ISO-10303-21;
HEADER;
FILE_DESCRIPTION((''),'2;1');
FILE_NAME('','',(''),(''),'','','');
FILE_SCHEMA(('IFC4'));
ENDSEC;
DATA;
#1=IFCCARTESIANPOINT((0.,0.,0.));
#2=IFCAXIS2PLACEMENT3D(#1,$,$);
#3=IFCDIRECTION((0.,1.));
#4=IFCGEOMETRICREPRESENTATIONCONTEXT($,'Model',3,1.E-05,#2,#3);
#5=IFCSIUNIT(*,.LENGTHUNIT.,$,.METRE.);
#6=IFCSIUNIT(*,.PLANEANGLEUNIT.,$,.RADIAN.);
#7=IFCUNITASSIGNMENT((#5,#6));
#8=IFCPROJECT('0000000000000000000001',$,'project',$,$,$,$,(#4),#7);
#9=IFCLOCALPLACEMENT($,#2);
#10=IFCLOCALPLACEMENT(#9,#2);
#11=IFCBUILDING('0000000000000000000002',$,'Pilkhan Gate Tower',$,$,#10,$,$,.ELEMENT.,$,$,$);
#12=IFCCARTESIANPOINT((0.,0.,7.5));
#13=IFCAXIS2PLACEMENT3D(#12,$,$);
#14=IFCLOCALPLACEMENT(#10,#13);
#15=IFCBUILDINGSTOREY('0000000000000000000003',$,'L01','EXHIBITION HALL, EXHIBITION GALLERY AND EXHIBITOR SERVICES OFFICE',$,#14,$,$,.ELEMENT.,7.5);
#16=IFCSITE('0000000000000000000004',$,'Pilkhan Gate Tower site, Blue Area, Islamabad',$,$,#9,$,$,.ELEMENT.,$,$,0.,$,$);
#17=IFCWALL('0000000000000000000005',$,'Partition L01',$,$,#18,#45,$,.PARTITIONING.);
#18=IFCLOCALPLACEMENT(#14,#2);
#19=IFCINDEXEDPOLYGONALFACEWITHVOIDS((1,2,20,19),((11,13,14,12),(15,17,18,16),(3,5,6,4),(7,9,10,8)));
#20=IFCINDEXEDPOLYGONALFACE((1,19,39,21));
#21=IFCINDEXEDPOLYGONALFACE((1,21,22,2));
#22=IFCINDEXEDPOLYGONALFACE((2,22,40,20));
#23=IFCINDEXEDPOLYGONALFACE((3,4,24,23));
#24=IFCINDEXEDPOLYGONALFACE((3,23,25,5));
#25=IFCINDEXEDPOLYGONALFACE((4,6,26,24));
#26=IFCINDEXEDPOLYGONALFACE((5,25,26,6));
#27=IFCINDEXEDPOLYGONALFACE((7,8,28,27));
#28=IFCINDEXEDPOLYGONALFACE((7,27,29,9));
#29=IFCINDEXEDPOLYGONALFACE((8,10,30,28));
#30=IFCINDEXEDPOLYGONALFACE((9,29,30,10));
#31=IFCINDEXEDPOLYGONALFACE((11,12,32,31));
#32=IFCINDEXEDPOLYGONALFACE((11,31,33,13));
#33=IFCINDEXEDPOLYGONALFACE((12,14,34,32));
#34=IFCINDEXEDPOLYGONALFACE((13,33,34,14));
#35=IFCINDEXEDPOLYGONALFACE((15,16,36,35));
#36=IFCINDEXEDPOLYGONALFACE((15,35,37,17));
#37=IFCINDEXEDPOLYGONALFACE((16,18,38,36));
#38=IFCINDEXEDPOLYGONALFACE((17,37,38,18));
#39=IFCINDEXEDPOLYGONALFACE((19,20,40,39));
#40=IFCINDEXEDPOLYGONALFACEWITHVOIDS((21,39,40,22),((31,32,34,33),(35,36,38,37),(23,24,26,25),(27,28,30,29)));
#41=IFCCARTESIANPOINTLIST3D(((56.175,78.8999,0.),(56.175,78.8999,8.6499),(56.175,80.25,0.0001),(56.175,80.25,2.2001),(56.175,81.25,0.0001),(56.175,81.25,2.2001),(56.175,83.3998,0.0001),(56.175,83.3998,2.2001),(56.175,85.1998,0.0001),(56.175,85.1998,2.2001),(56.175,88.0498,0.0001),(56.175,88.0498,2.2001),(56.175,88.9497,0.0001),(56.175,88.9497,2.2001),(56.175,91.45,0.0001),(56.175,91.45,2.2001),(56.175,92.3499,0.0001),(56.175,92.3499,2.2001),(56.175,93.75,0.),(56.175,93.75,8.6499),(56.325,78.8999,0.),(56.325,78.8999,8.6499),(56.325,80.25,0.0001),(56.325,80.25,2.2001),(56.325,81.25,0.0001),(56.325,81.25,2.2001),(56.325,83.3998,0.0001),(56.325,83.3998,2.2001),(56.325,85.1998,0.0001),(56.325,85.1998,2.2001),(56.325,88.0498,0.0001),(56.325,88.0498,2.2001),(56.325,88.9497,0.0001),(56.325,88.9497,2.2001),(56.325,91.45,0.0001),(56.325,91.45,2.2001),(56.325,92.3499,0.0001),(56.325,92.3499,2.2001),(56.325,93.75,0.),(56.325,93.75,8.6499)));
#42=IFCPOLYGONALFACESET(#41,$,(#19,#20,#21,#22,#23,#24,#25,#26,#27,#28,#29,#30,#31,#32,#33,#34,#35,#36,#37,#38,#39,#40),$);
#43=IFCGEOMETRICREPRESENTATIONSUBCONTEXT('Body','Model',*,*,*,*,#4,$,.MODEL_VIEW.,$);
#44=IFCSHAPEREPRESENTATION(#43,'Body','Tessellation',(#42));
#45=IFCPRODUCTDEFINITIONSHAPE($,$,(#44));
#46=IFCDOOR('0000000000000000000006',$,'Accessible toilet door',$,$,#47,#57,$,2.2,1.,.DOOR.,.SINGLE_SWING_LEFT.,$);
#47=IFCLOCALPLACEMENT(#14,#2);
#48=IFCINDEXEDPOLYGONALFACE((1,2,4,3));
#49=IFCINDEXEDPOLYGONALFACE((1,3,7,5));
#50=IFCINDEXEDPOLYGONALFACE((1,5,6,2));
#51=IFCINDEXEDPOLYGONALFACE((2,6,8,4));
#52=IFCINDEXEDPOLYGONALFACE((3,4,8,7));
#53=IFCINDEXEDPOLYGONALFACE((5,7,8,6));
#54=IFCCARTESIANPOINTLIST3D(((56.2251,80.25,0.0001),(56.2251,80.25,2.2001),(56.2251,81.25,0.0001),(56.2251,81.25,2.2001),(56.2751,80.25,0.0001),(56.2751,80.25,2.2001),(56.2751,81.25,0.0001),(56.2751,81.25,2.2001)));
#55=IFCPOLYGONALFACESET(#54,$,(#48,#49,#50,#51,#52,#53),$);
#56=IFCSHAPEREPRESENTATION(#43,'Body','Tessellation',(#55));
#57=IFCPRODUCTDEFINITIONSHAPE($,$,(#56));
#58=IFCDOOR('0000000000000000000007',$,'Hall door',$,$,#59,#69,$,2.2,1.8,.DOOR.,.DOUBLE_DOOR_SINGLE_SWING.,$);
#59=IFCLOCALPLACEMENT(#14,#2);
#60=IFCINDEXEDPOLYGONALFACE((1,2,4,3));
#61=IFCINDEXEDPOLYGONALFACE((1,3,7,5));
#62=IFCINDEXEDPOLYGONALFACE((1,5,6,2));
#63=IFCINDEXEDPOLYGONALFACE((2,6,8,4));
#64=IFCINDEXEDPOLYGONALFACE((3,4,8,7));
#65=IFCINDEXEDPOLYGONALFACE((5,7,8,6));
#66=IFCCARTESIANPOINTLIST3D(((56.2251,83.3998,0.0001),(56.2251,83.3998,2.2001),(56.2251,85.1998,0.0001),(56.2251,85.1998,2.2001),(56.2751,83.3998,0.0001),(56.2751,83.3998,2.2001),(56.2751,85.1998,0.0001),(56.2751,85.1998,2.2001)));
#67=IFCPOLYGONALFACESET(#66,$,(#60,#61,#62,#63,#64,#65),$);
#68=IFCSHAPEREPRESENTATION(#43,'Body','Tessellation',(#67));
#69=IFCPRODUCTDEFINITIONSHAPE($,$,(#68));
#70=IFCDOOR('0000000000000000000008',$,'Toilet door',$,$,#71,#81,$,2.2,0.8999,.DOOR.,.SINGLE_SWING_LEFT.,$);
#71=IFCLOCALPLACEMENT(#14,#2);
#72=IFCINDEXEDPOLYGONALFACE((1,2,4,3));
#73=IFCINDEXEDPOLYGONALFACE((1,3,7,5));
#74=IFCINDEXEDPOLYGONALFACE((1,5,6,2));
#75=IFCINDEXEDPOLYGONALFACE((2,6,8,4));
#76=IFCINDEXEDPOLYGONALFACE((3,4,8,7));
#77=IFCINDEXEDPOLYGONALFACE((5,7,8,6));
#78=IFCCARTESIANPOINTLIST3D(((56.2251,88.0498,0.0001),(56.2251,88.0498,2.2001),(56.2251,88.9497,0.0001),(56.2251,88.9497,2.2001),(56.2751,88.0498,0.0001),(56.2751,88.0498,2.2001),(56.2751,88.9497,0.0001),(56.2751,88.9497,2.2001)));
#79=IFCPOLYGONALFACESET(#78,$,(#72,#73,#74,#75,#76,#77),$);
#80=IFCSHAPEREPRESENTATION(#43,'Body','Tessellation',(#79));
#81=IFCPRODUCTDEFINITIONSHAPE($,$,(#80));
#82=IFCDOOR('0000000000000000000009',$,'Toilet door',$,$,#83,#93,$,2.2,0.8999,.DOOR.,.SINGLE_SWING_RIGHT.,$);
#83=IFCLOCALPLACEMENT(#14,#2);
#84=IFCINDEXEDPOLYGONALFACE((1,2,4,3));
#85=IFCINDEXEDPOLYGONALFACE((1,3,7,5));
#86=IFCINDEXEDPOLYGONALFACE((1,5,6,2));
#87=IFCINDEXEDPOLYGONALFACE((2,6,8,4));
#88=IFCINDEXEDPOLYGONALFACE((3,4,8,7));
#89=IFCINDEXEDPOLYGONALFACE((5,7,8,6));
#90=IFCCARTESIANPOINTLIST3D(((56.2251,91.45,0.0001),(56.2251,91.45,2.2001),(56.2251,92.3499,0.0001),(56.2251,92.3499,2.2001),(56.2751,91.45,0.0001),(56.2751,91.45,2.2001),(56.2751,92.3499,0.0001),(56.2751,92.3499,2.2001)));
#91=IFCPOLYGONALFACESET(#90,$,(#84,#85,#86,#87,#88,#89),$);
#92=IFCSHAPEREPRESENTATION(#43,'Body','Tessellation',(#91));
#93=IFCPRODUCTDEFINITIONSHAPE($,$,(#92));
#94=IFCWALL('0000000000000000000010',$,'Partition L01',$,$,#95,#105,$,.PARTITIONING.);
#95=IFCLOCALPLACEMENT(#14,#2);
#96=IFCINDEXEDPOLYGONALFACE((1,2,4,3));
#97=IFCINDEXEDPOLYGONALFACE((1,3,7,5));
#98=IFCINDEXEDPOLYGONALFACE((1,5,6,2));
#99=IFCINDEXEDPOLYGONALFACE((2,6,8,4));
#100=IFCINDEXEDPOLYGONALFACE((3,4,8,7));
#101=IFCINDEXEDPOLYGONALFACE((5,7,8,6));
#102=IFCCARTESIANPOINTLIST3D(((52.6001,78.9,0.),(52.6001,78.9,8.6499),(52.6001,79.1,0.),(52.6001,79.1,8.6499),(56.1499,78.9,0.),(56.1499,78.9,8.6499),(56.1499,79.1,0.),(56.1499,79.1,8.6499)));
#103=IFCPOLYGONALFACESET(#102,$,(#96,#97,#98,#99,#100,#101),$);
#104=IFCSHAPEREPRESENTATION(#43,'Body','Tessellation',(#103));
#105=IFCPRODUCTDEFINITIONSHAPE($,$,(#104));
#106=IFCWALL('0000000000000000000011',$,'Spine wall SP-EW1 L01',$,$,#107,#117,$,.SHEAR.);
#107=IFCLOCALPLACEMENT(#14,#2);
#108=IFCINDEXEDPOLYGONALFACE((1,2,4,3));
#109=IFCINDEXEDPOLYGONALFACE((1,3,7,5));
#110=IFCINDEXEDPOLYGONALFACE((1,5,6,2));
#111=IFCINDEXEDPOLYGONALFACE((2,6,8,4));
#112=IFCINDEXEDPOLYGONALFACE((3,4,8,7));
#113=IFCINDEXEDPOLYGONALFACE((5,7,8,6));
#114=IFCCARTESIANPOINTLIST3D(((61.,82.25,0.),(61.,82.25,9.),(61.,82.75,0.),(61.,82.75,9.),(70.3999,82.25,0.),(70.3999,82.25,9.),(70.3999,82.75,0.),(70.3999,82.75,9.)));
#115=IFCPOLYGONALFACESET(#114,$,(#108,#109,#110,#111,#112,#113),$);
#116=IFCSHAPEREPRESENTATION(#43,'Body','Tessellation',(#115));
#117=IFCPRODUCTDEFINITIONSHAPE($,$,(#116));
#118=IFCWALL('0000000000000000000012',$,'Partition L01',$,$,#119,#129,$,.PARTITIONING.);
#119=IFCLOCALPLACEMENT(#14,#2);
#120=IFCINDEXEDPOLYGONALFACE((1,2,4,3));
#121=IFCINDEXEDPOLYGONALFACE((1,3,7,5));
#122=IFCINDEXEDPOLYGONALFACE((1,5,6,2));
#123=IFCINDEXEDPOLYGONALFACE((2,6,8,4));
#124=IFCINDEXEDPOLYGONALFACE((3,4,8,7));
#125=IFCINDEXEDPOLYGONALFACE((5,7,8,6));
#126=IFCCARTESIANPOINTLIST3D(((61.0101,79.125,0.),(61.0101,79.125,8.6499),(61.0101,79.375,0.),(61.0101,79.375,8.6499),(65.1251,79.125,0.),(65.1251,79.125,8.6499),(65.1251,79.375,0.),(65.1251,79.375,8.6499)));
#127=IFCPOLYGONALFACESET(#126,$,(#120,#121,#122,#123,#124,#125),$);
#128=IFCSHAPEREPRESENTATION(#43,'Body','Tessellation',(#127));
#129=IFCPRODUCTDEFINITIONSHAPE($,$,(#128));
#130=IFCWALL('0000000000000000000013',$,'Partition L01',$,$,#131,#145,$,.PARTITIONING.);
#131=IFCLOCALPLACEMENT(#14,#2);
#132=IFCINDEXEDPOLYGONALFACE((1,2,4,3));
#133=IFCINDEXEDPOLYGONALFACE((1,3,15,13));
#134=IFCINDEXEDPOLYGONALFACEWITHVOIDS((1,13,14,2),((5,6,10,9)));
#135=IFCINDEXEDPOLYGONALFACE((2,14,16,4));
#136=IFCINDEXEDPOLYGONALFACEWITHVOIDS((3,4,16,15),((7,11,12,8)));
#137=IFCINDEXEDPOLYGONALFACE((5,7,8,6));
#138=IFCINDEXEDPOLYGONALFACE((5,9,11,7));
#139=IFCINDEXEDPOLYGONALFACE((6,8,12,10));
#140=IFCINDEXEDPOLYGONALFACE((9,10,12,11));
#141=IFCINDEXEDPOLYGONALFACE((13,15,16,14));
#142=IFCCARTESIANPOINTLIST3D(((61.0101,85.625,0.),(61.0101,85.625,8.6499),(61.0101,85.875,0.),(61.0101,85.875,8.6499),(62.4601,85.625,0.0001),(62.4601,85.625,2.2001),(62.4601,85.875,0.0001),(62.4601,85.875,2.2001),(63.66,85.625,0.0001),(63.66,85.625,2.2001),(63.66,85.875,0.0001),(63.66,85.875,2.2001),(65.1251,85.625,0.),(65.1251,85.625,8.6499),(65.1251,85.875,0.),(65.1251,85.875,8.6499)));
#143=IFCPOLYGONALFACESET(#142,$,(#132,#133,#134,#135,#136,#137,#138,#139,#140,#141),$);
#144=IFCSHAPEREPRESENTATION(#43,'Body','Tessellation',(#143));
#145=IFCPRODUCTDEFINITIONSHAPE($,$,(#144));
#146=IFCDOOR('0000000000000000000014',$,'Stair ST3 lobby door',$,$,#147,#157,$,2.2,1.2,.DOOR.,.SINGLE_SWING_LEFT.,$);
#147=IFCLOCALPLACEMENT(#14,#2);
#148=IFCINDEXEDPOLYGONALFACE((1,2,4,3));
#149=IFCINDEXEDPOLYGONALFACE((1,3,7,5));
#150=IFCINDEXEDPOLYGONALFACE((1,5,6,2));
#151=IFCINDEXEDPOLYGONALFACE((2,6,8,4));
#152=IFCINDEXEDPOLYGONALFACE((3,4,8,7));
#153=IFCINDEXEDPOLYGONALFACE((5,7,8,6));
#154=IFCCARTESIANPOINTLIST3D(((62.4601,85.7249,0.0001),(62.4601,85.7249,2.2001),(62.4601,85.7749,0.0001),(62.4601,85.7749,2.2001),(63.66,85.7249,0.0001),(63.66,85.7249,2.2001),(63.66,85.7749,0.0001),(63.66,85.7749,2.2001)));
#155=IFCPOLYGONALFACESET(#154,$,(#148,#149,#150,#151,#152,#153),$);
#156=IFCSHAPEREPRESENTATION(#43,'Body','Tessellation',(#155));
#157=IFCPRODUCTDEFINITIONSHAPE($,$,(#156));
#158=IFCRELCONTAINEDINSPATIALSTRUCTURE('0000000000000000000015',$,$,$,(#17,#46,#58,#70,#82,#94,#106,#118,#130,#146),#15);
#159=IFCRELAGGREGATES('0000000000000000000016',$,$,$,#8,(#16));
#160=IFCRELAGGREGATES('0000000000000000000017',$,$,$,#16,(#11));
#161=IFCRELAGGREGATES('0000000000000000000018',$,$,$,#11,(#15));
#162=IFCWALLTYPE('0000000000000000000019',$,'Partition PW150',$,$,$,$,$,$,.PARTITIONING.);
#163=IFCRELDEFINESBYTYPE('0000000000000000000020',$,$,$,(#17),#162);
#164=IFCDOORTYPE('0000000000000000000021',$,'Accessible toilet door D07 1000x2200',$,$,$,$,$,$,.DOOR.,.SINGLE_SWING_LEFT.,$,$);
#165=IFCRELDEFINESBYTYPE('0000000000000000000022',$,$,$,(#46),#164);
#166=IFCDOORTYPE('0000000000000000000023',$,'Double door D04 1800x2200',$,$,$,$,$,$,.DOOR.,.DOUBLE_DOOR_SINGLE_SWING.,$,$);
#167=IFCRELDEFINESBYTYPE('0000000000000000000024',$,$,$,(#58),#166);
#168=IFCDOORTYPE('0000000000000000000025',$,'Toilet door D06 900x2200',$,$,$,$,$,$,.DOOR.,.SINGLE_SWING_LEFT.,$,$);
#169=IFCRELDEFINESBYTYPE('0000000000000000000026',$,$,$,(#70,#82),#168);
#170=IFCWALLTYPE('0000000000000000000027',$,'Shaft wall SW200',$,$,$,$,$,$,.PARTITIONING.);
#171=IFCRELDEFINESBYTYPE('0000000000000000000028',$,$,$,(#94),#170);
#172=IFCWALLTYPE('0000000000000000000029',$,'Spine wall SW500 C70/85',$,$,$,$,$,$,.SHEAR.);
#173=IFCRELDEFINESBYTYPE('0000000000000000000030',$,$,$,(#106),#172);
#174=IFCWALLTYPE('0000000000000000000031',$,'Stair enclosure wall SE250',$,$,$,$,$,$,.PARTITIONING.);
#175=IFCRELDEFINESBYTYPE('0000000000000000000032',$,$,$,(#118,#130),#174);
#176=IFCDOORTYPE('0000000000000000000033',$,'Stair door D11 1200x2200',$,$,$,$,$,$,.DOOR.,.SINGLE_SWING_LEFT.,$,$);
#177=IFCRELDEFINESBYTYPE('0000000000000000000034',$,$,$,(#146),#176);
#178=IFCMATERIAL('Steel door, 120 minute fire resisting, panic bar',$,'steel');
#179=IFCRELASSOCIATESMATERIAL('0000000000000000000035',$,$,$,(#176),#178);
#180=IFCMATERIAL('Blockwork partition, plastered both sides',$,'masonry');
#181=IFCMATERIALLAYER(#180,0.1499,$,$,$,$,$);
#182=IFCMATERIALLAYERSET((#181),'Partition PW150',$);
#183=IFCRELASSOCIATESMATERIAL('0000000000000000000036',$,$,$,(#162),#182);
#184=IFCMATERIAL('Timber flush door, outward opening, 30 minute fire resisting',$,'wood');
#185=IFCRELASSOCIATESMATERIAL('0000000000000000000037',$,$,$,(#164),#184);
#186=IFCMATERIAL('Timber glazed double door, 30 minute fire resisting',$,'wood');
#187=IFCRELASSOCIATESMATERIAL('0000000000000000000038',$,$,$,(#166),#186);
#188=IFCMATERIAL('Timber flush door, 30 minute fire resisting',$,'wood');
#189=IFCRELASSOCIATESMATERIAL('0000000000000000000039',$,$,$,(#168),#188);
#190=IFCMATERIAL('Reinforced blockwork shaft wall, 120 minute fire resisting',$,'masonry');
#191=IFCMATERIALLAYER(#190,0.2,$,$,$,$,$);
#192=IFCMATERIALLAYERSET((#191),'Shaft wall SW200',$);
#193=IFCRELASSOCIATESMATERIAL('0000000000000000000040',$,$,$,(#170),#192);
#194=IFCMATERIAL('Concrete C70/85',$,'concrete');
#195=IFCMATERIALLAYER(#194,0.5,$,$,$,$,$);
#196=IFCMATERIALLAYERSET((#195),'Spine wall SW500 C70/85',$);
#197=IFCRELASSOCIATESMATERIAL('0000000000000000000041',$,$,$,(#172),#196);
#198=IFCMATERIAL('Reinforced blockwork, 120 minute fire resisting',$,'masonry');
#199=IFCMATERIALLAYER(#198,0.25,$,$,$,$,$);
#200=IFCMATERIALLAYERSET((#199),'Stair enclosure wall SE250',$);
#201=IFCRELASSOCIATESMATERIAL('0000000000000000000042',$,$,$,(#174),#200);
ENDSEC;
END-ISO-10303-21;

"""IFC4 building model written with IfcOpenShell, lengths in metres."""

from ifc_helpers import new_model, si_unit, direction, frame, frame_2d, origin, place, context, subcontext, project, spatial, rectangle, extrude, material, layer, layer_set, type_object, element, fill, save


model = new_model("IFC4")

# Units and contexts
model_context = context("Model", 3, precision=1e-05, world=origin(), true_north=direction((0.0, 1.0)))
body_context = subcontext(model_context, "Body", "Model", "MODEL_VIEW")
ifc_project = project(units=[si_unit("LENGTHUNIT", "METRE"), si_unit("PLANEANGLEUNIT", "RADIAN")], contexts=[model_context])

# Site, building, storey
site_placement = place(None, origin())
site = spatial("IfcSite", under=ifc_project, at=site_placement, Name="Pilkhan Gate Tower site, Blue Area, Islamabad", CompositionType="ELEMENT", RefElevation=0.0)
building_placement = place(site_placement, origin())
building = spatial("IfcBuilding", under=site, at=building_placement, Name="Pilkhan Gate Tower", CompositionType="ELEMENT")
storey_placement = place(building_placement, frame((0.0, 0.0, 7.5)))
storey = spatial("IfcBuildingStorey", under=building, at=storey_placement, Name="L01", Description="EXHIBITION HALL, EXHIBITION GALLERY AND EXHIBITOR SERVICES OFFICE", CompositionType="ELEMENT", Elevation=7.5)

# Shared definitions
ifc_material_1 = material(Name="Concrete C70/85", Category="concrete")

# Shared definitions
ifc_material_2 = material(Name="Steel door, 120 minute fire resisting, panic bar", Category="steel")
door_type_1 = type_object("IfcDoorType", Name="Stair door D11 1200x2200", OperationType="SINGLE_SWING_LEFT", PredefinedType="DOOR", material=ifc_material_2)

# Shared definitions
ifc_material_3 = material(Name="Blockwork partition, plastered both sides", Category="masonry")
ifc_layer_1 = layer(ifc_material_3, 0.1499)
ifc_layer_set_1 = layer_set([ifc_layer_1], Name="Partition PW150")
wall_type_1 = type_object("IfcWallType", Name="Partition PW150", PredefinedType="PARTITIONING", material=ifc_layer_set_1)

# Wall, openings, doors
wall_1_placement = place(storey_placement, frame((56.25, 78.8999, 0.0), z_axis=(0.0, 0.0, 1.0), x_axis=(0.0, 1.0, 0.0)))
wall_1 = element("IfcWall", 1, at=wall_1_placement, inside=storey, type_object=wall_type_1, Name="Partition L01", PredefinedType="PARTITIONING", context=body_context, shape_type="SweptSolid", body=[
    extrude(rectangle(XDim=14.8501, YDim=0.1499, at=frame_2d((7.425, 0.0))), origin(), (0.0, 0.0, 1.0), 8.6499),
])
opening_1_placement = place(wall_1_placement, frame((4.5, 0.0, 0.0)))
opening_1 = element("IfcOpeningElement", 2, at=opening_1_placement, cuts=wall_1, PredefinedType="OPENING", context=body_context, shape_type="SweptSolid", body=[
    extrude(rectangle(XDim=1.8, YDim=2.2, at=frame_2d((0.8999, 1.1001))), frame((0.0, 0.085, 0.0), z_axis=(0.0, -1.0, 0.0), x_axis=(1.0, 0.0, 0.0)), (0.0, 0.0, 1.0), 0.1699),
])
opening_2_placement = place(wall_1_placement, frame((9.1499, 0.0, 0.0)))
opening_2 = element("IfcOpeningElement", 3, at=opening_2_placement, cuts=wall_1, PredefinedType="OPENING", context=body_context, shape_type="SweptSolid", body=[
    extrude(rectangle(XDim=0.8999, YDim=2.2, at=frame_2d((0.45, 1.1001))), frame((0.0, 0.085, 0.0), z_axis=(0.0, -1.0, 0.0), x_axis=(1.0, 0.0, 0.0)), (0.0, 0.0, 1.0), 0.1699),
])
opening_3_placement = place(wall_1_placement, frame((12.55, 0.0, 0.0)))
opening_3 = element("IfcOpeningElement", 4, at=opening_3_placement, cuts=wall_1, PredefinedType="OPENING", context=body_context, shape_type="SweptSolid", body=[
    extrude(rectangle(XDim=0.8999, YDim=2.2, at=frame_2d((0.45, 1.1001))), frame((0.0, 0.085, 0.0), z_axis=(0.0, -1.0, 0.0), x_axis=(1.0, 0.0, 0.0)), (0.0, 0.0, 1.0), 0.1699),
])
opening_4_placement = place(wall_1_placement, frame((1.3501, 0.0, 0.0)))
opening_4 = element("IfcOpeningElement", 5, at=opening_4_placement, cuts=wall_1, PredefinedType="OPENING", context=body_context, shape_type="SweptSolid", body=[
    extrude(rectangle(XDim=1.0, YDim=2.2, at=frame_2d((0.5, 1.1001))), frame((0.0, 0.085, 0.0), z_axis=(0.0, -1.0, 0.0), x_axis=(1.0, 0.0, 0.0)), (0.0, 0.0, 1.0), 0.1699),
])
ifc_material_4 = material(Name="Timber flush door, outward opening, 30 minute fire resisting", Category="wood")
door_type_2 = type_object("IfcDoorType", Name="Accessible toilet door D07 1000x2200", OperationType="SINGLE_SWING_LEFT", PredefinedType="DOOR", material=ifc_material_4)
door_1_placement = place(opening_4_placement, origin())
door_1 = element("IfcDoor", 6, at=door_1_placement, inside=storey, type_object=door_type_2, Name="Accessible toilet door", OperationType="SINGLE_SWING_LEFT", OverallHeight=2.2, OverallWidth=1.0, PredefinedType="DOOR", context=body_context, shape_type="SweptSolid", body=[
    extrude(rectangle(XDim=1.0, YDim=2.2, at=frame_2d((0.5, 1.1001))), frame((0.0, 0.0249, 0.0), z_axis=(0.0, -1.0, 0.0), x_axis=(1.0, 0.0, 0.0)), (0.0, 0.0, 1.0), 0.05),
])
fill(opening_4, door_1)
ifc_material_5 = material(Name="Timber glazed double door, 30 minute fire resisting", Category="wood")
door_type_3 = type_object("IfcDoorType", Name="Double door D04 1800x2200", OperationType="DOUBLE_DOOR_SINGLE_SWING", PredefinedType="DOOR", material=ifc_material_5)
door_2_placement = place(opening_1_placement, origin())
door_2 = element("IfcDoor", 7, at=door_2_placement, inside=storey, type_object=door_type_3, Name="Hall door", OperationType="DOUBLE_DOOR_SINGLE_SWING", OverallHeight=2.2, OverallWidth=1.8, PredefinedType="DOOR", context=body_context, shape_type="SweptSolid", body=[
    extrude(rectangle(XDim=1.8, YDim=2.2, at=frame_2d((0.8999, 1.1001))), frame((0.0, 0.0249, 0.0), z_axis=(0.0, -1.0, 0.0), x_axis=(1.0, 0.0, 0.0)), (0.0, 0.0, 1.0), 0.05),
])
fill(opening_1, door_2)
ifc_material_6 = material(Name="Timber flush door, 30 minute fire resisting", Category="wood")
door_type_4 = type_object("IfcDoorType", Name="Toilet door D06 900x2200", OperationType="SINGLE_SWING_LEFT", PredefinedType="DOOR", material=ifc_material_6)
door_3_placement = place(opening_2_placement, origin())
door_3 = element("IfcDoor", 8, at=door_3_placement, inside=storey, type_object=door_type_4, Name="Toilet door", OperationType="SINGLE_SWING_LEFT", OverallHeight=2.2, OverallWidth=0.8999, PredefinedType="DOOR", context=body_context, shape_type="SweptSolid", body=[
    extrude(rectangle(XDim=0.8999, YDim=2.2, at=frame_2d((0.45, 1.1001))), frame((0.0, 0.0249, 0.0), z_axis=(0.0, -1.0, 0.0), x_axis=(1.0, 0.0, 0.0)), (0.0, 0.0, 1.0), 0.05),
])
fill(opening_2, door_3)
door_4_placement = place(opening_3_placement, origin())
door_4 = element("IfcDoor", 9, at=door_4_placement, inside=storey, type_object=door_type_4, Name="Toilet door", OperationType="SINGLE_SWING_RIGHT", OverallHeight=2.2, OverallWidth=0.8999, PredefinedType="DOOR", context=body_context, shape_type="SweptSolid", body=[
    extrude(rectangle(XDim=0.8999, YDim=2.2, at=frame_2d((0.45, 1.1001))), frame((0.0, 0.0249, 0.0), z_axis=(0.0, -1.0, 0.0), x_axis=(1.0, 0.0, 0.0)), (0.0, 0.0, 1.0), 0.05),
])
fill(opening_3, door_4)

# Walls
ifc_material_7 = material(Name="Reinforced blockwork shaft wall, 120 minute fire resisting", Category="masonry")
ifc_layer_2 = layer(ifc_material_7, 0.2)
ifc_layer_set_2 = layer_set([ifc_layer_2], Name="Shaft wall SW200")
wall_type_2 = type_object("IfcWallType", Name="Shaft wall SW200", PredefinedType="PARTITIONING", material=ifc_layer_set_2)
wall_2_placement = place(storey_placement, frame((52.6001, 79.0, 0.0), z_axis=(0.0, 0.0, 1.0), x_axis=(1.0, 0.0, 0.0)))
element("IfcWall", 10, at=wall_2_placement, inside=storey, type_object=wall_type_2, Name="Partition L01", PredefinedType="PARTITIONING", context=body_context, shape_type="SweptSolid", body=[
    extrude(rectangle(XDim=3.5498, YDim=0.2, at=frame_2d((1.7749, 0.0))), origin(), (0.0, 0.0, 1.0), 8.6499),
])
ifc_layer_3 = layer(ifc_material_1, 0.5)
ifc_layer_set_3 = layer_set([ifc_layer_3], Name="Spine wall SW500 C70/85")
wall_type_3 = type_object("IfcWallType", Name="Spine wall SW500 C70/85", PredefinedType="SHEAR", material=ifc_layer_set_3)
wall_3_placement = place(storey_placement, frame((61.0, 82.5, 0.0), z_axis=(0.0, 0.0, 1.0), x_axis=(1.0, 0.0, 0.0)))
element("IfcWall", 11, at=wall_3_placement, inside=storey, type_object=wall_type_3, Name="Spine wall SP-EW1 L01", PredefinedType="SHEAR", context=body_context, shape_type="SweptSolid", body=[
    extrude(rectangle(XDim=9.3999, YDim=0.5, at=frame_2d((4.7, 0.0))), origin(), (0.0, 0.0, 1.0), 9.0),
])
ifc_material_8 = material(Name="Reinforced blockwork, 120 minute fire resisting", Category="masonry")
ifc_layer_4 = layer(ifc_material_8, 0.25)
ifc_layer_set_4 = layer_set([ifc_layer_4], Name="Stair enclosure wall SE250")
wall_type_4 = type_object("IfcWallType", Name="Stair enclosure wall SE250", PredefinedType="PARTITIONING", material=ifc_layer_set_4)
wall_4_placement = place(storey_placement, frame((61.01, 79.25, 0.0), z_axis=(0.0, 0.0, 1.0), x_axis=(1.0, 0.0, 0.0)))
element("IfcWall", 12, at=wall_4_placement, inside=storey, type_object=wall_type_4, Name="Partition L01", PredefinedType="PARTITIONING", context=body_context, shape_type="SweptSolid", body=[
    extrude(rectangle(XDim=4.115, YDim=0.25, at=frame_2d((2.0576, 0.0))), origin(), (0.0, 0.0, 1.0), 8.6499),
])

# Wall, opening, door
wall_5_placement = place(storey_placement, frame((61.01, 85.75, 0.0), z_axis=(0.0, 0.0, 1.0), x_axis=(1.0, 0.0, 0.0)))
wall_5 = element("IfcWall", 13, at=wall_5_placement, inside=storey, type_object=wall_type_4, Name="Partition L01", PredefinedType="PARTITIONING", context=body_context, shape_type="SweptSolid", body=[
    extrude(rectangle(XDim=4.115, YDim=0.25, at=frame_2d((2.0576, 0.0))), origin(), (0.0, 0.0, 1.0), 8.6499),
])
opening_5_placement = place(wall_5_placement, frame((1.45, 0.0, 0.0)))
opening_5 = element("IfcOpeningElement", 14, at=opening_5_placement, cuts=wall_5, PredefinedType="OPENING", context=body_context, shape_type="SweptSolid", body=[
    extrude(rectangle(XDim=1.2, YDim=2.2, at=frame_2d((0.6001, 1.1001))), frame((0.0, 0.135, 0.0), z_axis=(0.0, -1.0, 0.0), x_axis=(1.0, 0.0, 0.0)), (0.0, 0.0, 1.0), 0.27),
])
door_5_placement = place(opening_5_placement, origin())
door_5 = element("IfcDoor", 15, at=door_5_placement, inside=storey, type_object=door_type_1, Name="Stair ST3 lobby door", OperationType="SINGLE_SWING_LEFT", OverallHeight=2.2, OverallWidth=1.2, PredefinedType="DOOR", context=body_context, shape_type="SweptSolid", body=[
    extrude(rectangle(XDim=1.2, YDim=2.2, at=frame_2d((0.6001, 1.1001))), frame((0.0, 0.0249, 0.0), z_axis=(0.0, -1.0, 0.0), x_axis=(1.0, 0.0, 0.0)), (0.0, 0.0, 1.0), 0.05),
])
fill(opening_5, door_5)

save(model, "model.ifc")
